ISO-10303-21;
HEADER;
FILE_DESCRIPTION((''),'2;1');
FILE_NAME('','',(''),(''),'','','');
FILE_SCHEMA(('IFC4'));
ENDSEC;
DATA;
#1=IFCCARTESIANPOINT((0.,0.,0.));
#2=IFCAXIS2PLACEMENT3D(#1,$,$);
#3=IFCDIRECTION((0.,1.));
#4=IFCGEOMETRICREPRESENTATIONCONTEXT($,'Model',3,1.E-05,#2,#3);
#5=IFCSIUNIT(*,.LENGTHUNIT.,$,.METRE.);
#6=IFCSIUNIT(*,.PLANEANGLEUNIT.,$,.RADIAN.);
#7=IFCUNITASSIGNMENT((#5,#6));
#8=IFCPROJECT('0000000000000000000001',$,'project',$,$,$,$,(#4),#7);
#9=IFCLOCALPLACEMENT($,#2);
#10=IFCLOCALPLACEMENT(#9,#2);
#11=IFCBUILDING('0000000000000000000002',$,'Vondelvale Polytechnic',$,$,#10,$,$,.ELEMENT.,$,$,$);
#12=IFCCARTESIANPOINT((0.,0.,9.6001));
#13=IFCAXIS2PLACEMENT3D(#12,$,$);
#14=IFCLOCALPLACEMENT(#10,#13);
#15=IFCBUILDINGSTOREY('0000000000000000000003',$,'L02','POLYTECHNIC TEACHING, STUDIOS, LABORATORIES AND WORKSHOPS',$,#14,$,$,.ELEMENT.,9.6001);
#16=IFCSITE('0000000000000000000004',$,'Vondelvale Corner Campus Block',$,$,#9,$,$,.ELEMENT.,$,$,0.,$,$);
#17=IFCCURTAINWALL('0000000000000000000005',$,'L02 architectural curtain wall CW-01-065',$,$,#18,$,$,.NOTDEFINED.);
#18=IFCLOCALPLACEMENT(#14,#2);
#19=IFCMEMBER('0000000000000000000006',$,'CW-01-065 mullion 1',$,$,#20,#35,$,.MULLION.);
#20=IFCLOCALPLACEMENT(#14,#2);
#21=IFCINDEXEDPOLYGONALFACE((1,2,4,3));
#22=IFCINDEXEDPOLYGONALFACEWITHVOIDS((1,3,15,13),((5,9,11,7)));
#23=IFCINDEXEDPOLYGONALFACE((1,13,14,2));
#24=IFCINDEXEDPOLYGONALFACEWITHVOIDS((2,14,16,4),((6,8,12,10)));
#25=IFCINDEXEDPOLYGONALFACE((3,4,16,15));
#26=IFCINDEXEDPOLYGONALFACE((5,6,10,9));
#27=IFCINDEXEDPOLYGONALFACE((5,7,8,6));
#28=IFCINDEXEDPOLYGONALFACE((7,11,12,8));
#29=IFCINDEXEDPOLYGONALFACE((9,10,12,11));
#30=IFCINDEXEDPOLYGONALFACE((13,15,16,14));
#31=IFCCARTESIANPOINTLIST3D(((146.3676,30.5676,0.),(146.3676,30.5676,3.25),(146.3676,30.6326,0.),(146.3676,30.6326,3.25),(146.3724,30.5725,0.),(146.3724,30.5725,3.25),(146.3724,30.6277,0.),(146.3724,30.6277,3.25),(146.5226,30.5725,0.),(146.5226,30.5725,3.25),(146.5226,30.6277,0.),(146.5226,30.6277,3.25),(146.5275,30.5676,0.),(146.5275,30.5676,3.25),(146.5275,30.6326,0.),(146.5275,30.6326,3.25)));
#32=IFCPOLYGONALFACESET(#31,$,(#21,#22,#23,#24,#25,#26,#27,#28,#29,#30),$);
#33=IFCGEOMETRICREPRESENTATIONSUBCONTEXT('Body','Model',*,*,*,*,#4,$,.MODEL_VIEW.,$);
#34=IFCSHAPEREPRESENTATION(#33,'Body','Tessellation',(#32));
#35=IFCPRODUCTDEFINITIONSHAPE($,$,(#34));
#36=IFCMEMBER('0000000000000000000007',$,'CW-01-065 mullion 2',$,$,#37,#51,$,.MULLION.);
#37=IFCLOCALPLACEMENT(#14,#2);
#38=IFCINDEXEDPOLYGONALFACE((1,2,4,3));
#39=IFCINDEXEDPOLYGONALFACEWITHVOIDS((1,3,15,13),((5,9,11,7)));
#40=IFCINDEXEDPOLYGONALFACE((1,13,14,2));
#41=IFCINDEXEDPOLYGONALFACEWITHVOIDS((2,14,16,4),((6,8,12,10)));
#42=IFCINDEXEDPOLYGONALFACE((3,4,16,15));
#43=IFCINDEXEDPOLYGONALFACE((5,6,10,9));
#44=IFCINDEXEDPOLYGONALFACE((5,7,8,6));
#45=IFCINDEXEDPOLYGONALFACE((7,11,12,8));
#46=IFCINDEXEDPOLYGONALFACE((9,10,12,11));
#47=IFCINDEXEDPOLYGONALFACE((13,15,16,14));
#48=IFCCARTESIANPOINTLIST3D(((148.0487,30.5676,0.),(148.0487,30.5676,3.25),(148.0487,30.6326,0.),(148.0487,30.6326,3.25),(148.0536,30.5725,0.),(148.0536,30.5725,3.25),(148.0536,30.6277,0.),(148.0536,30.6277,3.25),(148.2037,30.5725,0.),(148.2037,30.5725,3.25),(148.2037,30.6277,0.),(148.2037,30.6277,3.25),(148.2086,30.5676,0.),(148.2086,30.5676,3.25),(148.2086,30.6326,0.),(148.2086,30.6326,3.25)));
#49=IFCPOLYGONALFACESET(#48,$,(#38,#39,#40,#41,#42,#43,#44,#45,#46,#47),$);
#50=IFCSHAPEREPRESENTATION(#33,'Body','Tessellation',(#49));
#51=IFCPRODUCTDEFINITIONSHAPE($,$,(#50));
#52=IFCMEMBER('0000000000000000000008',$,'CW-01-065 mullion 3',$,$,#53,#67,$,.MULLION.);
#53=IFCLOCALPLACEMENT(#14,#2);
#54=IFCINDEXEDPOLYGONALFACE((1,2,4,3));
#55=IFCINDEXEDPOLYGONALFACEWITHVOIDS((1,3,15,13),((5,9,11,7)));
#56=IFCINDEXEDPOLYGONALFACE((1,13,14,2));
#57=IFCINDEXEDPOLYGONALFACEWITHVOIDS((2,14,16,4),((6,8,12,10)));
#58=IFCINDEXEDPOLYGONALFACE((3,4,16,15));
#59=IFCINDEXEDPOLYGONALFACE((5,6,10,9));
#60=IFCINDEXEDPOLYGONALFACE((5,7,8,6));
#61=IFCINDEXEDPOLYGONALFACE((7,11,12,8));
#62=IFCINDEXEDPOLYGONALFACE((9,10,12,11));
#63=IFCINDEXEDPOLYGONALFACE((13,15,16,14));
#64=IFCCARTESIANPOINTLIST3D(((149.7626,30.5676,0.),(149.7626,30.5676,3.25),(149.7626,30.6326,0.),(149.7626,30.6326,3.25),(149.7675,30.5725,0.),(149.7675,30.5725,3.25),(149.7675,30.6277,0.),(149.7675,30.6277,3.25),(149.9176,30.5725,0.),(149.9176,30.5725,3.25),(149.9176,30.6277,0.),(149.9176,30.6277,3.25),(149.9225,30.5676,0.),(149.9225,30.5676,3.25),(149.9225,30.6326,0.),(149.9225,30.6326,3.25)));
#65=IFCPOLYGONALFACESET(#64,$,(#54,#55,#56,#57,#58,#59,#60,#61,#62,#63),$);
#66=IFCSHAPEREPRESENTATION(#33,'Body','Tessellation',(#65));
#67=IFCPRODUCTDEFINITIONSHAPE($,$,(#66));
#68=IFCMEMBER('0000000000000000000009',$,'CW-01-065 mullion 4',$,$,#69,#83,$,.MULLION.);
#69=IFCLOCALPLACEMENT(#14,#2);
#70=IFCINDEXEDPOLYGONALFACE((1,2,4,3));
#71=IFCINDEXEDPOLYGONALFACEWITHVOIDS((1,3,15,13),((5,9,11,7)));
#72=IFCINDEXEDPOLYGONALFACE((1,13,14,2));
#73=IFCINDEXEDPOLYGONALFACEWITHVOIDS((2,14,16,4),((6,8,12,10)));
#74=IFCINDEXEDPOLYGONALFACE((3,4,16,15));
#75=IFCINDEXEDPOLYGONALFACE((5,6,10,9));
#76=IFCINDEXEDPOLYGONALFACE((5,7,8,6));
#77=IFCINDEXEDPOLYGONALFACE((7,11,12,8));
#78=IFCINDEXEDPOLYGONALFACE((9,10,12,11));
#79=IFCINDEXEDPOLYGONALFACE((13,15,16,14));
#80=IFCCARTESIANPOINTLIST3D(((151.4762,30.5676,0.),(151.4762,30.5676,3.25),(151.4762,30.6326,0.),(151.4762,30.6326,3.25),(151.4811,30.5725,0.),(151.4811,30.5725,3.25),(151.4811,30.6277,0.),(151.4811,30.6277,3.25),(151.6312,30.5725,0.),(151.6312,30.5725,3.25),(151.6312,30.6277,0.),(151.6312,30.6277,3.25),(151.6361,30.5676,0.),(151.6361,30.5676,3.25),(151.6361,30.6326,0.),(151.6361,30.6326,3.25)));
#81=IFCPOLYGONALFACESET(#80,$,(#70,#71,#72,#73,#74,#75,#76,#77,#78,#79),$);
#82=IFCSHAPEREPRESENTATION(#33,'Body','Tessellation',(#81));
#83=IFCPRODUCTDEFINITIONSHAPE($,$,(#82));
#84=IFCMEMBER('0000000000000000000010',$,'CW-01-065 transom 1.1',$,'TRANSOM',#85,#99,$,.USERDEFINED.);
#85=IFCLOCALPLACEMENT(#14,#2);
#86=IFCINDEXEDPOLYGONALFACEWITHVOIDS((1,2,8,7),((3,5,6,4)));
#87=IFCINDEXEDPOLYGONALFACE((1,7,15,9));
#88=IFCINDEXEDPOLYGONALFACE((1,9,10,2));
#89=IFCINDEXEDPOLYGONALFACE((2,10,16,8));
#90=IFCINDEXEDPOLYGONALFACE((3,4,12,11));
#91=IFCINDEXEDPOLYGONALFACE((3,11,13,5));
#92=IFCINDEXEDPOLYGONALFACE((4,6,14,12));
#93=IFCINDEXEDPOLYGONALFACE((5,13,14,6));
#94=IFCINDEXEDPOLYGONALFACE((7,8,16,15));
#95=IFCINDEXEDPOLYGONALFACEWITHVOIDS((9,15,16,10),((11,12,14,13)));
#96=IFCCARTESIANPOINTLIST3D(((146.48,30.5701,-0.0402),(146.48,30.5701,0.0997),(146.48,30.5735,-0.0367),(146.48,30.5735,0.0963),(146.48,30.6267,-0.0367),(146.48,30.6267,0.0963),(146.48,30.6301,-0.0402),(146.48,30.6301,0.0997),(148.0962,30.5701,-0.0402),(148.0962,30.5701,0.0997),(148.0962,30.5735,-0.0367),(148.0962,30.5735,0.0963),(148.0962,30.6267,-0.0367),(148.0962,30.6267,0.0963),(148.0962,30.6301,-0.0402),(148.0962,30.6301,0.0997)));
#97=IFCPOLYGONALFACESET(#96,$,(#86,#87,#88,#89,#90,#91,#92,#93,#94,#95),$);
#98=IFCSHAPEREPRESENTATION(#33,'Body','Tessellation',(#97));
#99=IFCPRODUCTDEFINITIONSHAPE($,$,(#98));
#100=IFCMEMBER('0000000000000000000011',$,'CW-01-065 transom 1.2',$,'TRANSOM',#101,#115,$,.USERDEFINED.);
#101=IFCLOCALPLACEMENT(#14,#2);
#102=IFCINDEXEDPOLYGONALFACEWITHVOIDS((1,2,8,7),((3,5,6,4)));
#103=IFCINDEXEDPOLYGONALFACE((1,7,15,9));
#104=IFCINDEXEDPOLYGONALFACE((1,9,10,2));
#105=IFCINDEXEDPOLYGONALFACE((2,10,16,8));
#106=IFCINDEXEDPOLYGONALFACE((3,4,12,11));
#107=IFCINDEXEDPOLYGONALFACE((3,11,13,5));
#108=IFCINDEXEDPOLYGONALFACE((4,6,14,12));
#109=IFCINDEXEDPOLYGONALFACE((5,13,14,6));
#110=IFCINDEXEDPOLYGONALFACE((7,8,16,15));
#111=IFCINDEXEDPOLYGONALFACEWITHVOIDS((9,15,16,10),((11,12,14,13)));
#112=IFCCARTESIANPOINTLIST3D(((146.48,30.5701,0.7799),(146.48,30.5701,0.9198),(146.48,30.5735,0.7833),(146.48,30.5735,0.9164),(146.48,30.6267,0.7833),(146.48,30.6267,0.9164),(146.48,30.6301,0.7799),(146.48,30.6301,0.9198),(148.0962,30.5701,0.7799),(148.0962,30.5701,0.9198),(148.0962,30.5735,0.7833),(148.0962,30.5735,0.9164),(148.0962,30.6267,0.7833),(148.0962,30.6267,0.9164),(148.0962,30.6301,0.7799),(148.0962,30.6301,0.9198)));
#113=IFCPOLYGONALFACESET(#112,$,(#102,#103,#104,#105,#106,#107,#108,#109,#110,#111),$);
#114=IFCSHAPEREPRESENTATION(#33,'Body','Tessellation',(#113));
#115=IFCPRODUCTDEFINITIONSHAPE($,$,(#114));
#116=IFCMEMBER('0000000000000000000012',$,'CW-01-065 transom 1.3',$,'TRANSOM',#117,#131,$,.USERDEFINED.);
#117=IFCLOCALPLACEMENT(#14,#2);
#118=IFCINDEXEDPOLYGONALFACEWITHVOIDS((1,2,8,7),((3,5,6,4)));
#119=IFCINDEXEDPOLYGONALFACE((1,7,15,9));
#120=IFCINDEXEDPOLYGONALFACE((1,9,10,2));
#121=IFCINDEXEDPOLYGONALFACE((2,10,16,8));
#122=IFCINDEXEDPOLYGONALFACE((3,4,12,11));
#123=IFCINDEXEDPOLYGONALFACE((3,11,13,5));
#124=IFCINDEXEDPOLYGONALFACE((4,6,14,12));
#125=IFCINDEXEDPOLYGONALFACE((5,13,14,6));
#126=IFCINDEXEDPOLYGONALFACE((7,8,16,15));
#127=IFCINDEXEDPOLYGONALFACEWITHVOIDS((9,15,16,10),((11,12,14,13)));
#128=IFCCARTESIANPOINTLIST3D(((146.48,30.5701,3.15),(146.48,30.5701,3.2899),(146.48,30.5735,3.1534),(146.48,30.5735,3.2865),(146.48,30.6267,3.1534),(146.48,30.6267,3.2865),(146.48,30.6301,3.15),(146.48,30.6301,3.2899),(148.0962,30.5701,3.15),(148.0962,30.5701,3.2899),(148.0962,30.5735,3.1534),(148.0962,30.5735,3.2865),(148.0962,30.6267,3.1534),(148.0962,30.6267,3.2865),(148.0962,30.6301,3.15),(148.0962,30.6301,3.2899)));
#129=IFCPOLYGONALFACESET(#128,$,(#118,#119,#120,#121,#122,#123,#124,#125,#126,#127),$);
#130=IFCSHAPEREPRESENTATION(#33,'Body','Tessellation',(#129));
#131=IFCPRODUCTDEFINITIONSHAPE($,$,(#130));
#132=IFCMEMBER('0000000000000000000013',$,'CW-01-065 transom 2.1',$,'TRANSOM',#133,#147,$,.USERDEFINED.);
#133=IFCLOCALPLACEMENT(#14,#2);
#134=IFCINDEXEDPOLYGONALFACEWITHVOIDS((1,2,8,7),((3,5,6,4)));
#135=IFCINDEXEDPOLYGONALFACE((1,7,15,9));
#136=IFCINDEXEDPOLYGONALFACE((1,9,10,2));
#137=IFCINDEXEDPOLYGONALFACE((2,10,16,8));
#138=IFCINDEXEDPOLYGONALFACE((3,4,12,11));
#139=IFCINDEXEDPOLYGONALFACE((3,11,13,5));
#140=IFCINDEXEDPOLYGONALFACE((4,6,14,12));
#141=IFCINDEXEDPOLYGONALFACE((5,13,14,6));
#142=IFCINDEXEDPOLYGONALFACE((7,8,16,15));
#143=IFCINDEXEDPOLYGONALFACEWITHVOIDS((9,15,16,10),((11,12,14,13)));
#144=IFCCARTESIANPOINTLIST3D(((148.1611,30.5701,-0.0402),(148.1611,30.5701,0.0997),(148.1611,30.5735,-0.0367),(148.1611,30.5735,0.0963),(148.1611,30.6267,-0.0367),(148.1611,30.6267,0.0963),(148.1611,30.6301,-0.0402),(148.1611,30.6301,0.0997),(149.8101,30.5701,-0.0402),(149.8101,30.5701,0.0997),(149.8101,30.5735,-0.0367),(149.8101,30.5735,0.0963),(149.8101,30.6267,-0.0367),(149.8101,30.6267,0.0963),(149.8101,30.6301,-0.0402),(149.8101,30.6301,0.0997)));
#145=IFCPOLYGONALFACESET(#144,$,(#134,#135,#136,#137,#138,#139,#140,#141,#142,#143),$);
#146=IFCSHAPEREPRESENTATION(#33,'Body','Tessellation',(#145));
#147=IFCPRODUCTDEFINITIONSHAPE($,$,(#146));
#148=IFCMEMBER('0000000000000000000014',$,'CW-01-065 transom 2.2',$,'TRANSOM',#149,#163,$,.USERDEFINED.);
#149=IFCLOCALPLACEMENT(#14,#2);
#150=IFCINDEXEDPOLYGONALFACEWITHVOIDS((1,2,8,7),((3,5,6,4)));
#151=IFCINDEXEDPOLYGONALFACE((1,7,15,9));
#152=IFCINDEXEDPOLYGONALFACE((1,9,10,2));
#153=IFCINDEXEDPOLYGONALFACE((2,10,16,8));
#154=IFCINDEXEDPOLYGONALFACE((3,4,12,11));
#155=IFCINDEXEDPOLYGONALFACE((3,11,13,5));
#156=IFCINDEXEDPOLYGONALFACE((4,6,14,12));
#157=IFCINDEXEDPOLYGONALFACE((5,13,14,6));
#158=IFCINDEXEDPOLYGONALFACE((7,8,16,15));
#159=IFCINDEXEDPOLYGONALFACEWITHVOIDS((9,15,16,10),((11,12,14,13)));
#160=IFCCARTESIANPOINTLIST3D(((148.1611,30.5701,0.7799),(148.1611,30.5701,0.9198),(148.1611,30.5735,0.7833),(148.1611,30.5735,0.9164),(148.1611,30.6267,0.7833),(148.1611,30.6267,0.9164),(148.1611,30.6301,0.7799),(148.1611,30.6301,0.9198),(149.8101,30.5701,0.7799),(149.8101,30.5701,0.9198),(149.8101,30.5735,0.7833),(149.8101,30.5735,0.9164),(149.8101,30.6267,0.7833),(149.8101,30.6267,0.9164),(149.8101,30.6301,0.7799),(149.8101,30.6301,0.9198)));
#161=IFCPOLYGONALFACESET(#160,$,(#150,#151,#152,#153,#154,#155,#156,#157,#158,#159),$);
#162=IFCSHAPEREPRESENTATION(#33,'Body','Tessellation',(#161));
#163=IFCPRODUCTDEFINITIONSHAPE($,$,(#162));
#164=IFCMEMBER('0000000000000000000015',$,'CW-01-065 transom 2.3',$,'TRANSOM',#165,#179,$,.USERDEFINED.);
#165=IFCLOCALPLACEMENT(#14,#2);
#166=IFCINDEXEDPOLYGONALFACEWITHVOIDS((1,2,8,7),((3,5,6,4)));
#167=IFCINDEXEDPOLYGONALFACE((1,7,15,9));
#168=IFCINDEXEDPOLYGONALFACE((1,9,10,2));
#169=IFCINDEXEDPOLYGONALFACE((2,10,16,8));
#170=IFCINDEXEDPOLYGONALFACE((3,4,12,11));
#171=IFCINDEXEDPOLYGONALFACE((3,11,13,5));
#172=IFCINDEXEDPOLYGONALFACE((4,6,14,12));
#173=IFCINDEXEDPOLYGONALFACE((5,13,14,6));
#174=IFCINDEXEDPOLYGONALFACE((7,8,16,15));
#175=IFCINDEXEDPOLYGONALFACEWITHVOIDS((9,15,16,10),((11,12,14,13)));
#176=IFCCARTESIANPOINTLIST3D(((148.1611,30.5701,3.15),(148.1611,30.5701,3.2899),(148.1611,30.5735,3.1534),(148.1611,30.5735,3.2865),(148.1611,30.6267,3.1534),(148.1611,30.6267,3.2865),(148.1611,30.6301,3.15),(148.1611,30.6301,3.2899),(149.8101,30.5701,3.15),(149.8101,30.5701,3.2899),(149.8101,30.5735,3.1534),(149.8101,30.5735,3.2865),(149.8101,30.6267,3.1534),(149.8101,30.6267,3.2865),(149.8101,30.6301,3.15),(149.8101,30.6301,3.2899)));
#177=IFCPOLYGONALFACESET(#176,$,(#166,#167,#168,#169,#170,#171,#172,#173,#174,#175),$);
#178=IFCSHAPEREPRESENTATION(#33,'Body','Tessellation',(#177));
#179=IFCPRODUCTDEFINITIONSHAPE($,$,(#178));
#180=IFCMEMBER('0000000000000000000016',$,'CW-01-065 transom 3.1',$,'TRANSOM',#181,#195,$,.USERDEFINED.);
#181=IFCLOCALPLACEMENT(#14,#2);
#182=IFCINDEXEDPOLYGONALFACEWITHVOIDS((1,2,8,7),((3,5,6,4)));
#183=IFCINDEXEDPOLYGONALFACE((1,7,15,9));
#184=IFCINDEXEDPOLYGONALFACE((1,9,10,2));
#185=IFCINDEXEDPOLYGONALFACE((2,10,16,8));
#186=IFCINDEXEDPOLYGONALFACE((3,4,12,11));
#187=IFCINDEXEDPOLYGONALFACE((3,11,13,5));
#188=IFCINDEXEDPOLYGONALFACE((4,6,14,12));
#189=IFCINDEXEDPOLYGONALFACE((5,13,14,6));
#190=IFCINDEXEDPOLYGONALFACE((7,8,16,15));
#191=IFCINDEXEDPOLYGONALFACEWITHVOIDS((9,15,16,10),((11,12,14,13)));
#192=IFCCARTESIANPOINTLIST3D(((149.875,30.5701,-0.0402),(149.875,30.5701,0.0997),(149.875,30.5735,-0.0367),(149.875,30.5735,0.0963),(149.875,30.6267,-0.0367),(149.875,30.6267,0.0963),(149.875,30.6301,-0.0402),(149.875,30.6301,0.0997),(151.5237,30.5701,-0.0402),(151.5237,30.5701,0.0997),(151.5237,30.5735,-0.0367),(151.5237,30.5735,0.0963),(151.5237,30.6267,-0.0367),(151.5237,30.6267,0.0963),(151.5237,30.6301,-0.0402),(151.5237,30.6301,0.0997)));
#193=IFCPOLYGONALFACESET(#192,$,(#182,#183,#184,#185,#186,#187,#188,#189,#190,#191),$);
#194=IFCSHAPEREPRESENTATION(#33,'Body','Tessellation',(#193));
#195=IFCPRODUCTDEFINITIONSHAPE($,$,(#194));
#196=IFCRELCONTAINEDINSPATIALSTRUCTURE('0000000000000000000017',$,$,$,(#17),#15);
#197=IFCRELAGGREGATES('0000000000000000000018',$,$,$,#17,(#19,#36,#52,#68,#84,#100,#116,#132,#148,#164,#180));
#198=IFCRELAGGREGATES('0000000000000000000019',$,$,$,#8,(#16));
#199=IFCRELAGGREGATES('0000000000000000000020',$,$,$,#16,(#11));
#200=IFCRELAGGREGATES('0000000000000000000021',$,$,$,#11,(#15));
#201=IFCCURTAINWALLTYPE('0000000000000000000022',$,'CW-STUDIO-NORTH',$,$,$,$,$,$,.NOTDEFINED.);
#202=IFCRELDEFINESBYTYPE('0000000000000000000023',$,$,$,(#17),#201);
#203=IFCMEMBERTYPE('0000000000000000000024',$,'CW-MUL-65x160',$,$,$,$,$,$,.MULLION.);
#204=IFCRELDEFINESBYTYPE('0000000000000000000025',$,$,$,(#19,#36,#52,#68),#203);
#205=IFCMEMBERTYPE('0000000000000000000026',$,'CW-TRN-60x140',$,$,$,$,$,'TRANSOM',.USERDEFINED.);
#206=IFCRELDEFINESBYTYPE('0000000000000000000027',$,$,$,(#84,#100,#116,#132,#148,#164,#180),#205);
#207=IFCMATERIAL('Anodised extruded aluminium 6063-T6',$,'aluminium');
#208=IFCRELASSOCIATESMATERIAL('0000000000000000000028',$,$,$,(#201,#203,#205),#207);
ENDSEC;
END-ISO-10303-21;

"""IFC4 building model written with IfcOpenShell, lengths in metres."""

from ifc_helpers import new_model, si_unit, direction, frame, origin, origin_2d, place, context, subcontext, project, spatial, hollow_rectangle, extrude, material, material_profile, profile_set, type_object, element, aggregate, save


model = new_model("IFC4")

# Units and contexts
model_context = context("Model", 3, precision=1e-05, world=origin(), true_north=direction((0.0, 1.0)))
body_context = subcontext(model_context, "Body", "Model", "MODEL_VIEW")
ifc_project = project(units=[si_unit("LENGTHUNIT", "METRE"), si_unit("PLANEANGLEUNIT", "RADIAN")], contexts=[model_context])

# Site, building, storey
site_placement = place(None, origin())
site = spatial("IfcSite", under=ifc_project, at=site_placement, Name="Vondelvale Corner Campus Block", CompositionType="ELEMENT", RefElevation=0.0)
building_placement = place(site_placement, origin())
building = spatial("IfcBuilding", under=site, at=building_placement, Name="Vondelvale Polytechnic", CompositionType="ELEMENT")
storey_placement = place(building_placement, frame((0.0, 0.0, 9.6001)))
storey = spatial("IfcBuildingStorey", under=building, at=storey_placement, Name="L02", Description="POLYTECHNIC TEACHING, STUDIOS, LABORATORIES AND WORKSHOPS", CompositionType="ELEMENT", Elevation=9.6001)

# Curtain wall, members
ifc_material_1 = material(Name="Anodised extruded aluminium 6063-T6", Category="aluminium")
curtain_wall_type = type_object("IfcCurtainWallType", Name="CW-STUDIO-NORTH", PredefinedType="NOTDEFINED", material=ifc_material_1)
curtain_wall_placement = place(storey_placement, origin())
curtain_wall = element("IfcCurtainWall", 1, at=curtain_wall_placement, inside=storey, type_object=curtain_wall_type, Name="L02 architectural curtain wall CW-01-065", PredefinedType="NOTDEFINED")
ifc_material_profile_1 = material_profile(ifc_material_1, hollow_rectangle(XDim=0.0649, YDim=0.1599, WallThickness=0.0049, at=origin_2d()), Name="CW-MUL-160x65")
ifc_profile_set_1 = profile_set([ifc_material_profile_1], Name="Anodised extruded aluminium 6063-T6")
member_type_1 = type_object("IfcMemberType", Name="CW-MUL-65x160", PredefinedType="MULLION", material=ifc_profile_set_1)
member_1_placement = place(storey_placement, frame((146.4475, 30.6001, 0.0), z_axis=(0.0, 0.0, 1.0), x_axis=(0.0, 1.0, 0.0)))
member_1 = element("IfcMember", 2, at=member_1_placement, type_object=member_type_1, Name="CW-01-065 mullion 1", PredefinedType="MULLION", context=body_context, shape_type="SweptSolid", body=[
    extrude(hollow_rectangle(XDim=0.0649, YDim=0.1599, WallThickness=0.0049, at=origin_2d()), origin(), (0.0, 0.0, 1.0), 3.25),
])
member_2_placement = place(storey_placement, frame((148.1287, 30.6001, 0.0), z_axis=(0.0, 0.0, 1.0), x_axis=(0.0, 1.0, 0.0)))
member_2 = element("IfcMember", 3, at=member_2_placement, type_object=member_type_1, Name="CW-01-065 mullion 2", PredefinedType="MULLION", context=body_context, shape_type="SweptSolid", body=[
    extrude(hollow_rectangle(XDim=0.0649, YDim=0.1599, WallThickness=0.0049, at=origin_2d()), origin(), (0.0, 0.0, 1.0), 3.25),
])
member_3_placement = place(storey_placement, frame((149.8425, 30.6001, 0.0), z_axis=(0.0, 0.0, 1.0), x_axis=(0.0, 1.0, 0.0)))
member_3 = element("IfcMember", 4, at=member_3_placement, type_object=member_type_1, Name="CW-01-065 mullion 3", PredefinedType="MULLION", context=body_context, shape_type="SweptSolid", body=[
    extrude(hollow_rectangle(XDim=0.0649, YDim=0.1599, WallThickness=0.0049, at=origin_2d()), origin(), (0.0, 0.0, 1.0), 3.25),
])
member_4_placement = place(storey_placement, frame((151.5562, 30.6001, 0.0), z_axis=(0.0, 0.0, 1.0), x_axis=(0.0, 1.0, 0.0)))
member_4 = element("IfcMember", 5, at=member_4_placement, type_object=member_type_1, Name="CW-01-065 mullion 4", PredefinedType="MULLION", context=body_context, shape_type="SweptSolid", body=[
    extrude(hollow_rectangle(XDim=0.0649, YDim=0.1599, WallThickness=0.0049, at=origin_2d()), origin(), (0.0, 0.0, 1.0), 3.25),
])
ifc_material_profile_2 = material_profile(ifc_material_1, hollow_rectangle(XDim=0.0601, YDim=0.1399, WallThickness=0.0034, at=origin_2d()), Name="CW-TRN-140x60")
ifc_profile_set_2 = profile_set([ifc_material_profile_2], Name="Anodised extruded aluminium 6063-T6")
member_type_2 = type_object("IfcMemberType", Name="CW-TRN-60x140", ElementType="TRANSOM", PredefinedType="USERDEFINED", material=ifc_profile_set_2)
member_5_placement = place(storey_placement, frame((146.48, 30.6001, 0.0298), z_axis=(1.0, 0.0, 0.0), x_axis=(0.0, 1.0, 0.0)))
member_5 = element("IfcMember", 6, at=member_5_placement, type_object=member_type_2, Name="CW-01-065 transom 1.1", ObjectType="TRANSOM", PredefinedType="USERDEFINED", context=body_context, shape_type="SweptSolid", body=[
    extrude(hollow_rectangle(XDim=0.0601, YDim=0.1399, WallThickness=0.0034, at=origin_2d()), origin(), (0.0, 0.0, 1.0), 1.6162),
])
member_6_placement = place(storey_placement, frame((146.48, 30.6001, 0.8499), z_axis=(1.0, 0.0, 0.0), x_axis=(0.0, 1.0, 0.0)))
member_6 = element("IfcMember", 7, at=member_6_placement, type_object=member_type_2, Name="CW-01-065 transom 1.2", ObjectType="TRANSOM", PredefinedType="USERDEFINED", context=body_context, shape_type="SweptSolid", body=[
    extrude(hollow_rectangle(XDim=0.0601, YDim=0.1399, WallThickness=0.0034, at=origin_2d()), origin(), (0.0, 0.0, 1.0), 1.6162),
])
member_7_placement = place(storey_placement, frame((146.48, 30.6001, 3.22), z_axis=(1.0, 0.0, 0.0), x_axis=(0.0, 1.0, 0.0)))
member_7 = element("IfcMember", 8, at=member_7_placement, type_object=member_type_2, Name="CW-01-065 transom 1.3", ObjectType="TRANSOM", PredefinedType="USERDEFINED", context=body_context, shape_type="SweptSolid", body=[
    extrude(hollow_rectangle(XDim=0.0601, YDim=0.1399, WallThickness=0.0034, at=origin_2d()), origin(), (0.0, 0.0, 1.0), 1.6162),
])
member_8_placement = place(storey_placement, frame((148.1611, 30.6001, 0.0298), z_axis=(1.0, 0.0, 0.0), x_axis=(0.0, 1.0, 0.0)))
member_8 = element("IfcMember", 9, at=member_8_placement, type_object=member_type_2, Name="CW-01-065 transom 2.1", ObjectType="TRANSOM", PredefinedType="USERDEFINED", context=body_context, shape_type="SweptSolid", body=[
    extrude(hollow_rectangle(XDim=0.0601, YDim=0.1399, WallThickness=0.0034, at=origin_2d()), origin(), (0.0, 0.0, 1.0), 1.6489),
])
member_9_placement = place(storey_placement, frame((148.1611, 30.6001, 0.8499), z_axis=(1.0, 0.0, 0.0), x_axis=(0.0, 1.0, 0.0)))
member_9 = element("IfcMember", 10, at=member_9_placement, type_object=member_type_2, Name="CW-01-065 transom 2.2", ObjectType="TRANSOM", PredefinedType="USERDEFINED", context=body_context, shape_type="SweptSolid", body=[
    extrude(hollow_rectangle(XDim=0.0601, YDim=0.1399, WallThickness=0.0034, at=origin_2d()), origin(), (0.0, 0.0, 1.0), 1.6489),
])
member_10_placement = place(storey_placement, frame((148.1611, 30.6001, 3.22), z_axis=(1.0, 0.0, 0.0), x_axis=(0.0, 1.0, 0.0)))
member_10 = element("IfcMember", 11, at=member_10_placement, type_object=member_type_2, Name="CW-01-065 transom 2.3", ObjectType="TRANSOM", PredefinedType="USERDEFINED", context=body_context, shape_type="SweptSolid", body=[
    extrude(hollow_rectangle(XDim=0.0601, YDim=0.1399, WallThickness=0.0034, at=origin_2d()), origin(), (0.0, 0.0, 1.0), 1.6489),
])
member_11_placement = place(storey_placement, frame((149.875, 30.6001, 0.0298), z_axis=(1.0, 0.0, 0.0), x_axis=(0.0, 1.0, 0.0)))
member_11 = element("IfcMember", 12, at=member_11_placement, type_object=member_type_2, Name="CW-01-065 transom 3.1", ObjectType="TRANSOM", PredefinedType="USERDEFINED", context=body_context, shape_type="SweptSolid", body=[
    extrude(hollow_rectangle(XDim=0.0601, YDim=0.1399, WallThickness=0.0034, at=origin_2d()), origin(), (0.0, 0.0, 1.0), 1.6487),
])
aggregate(curtain_wall, [member_1, member_2, member_3, member_4, member_5, member_6, member_7, member_8, member_9, member_10, member_11])

save(model, "model.ifc")
